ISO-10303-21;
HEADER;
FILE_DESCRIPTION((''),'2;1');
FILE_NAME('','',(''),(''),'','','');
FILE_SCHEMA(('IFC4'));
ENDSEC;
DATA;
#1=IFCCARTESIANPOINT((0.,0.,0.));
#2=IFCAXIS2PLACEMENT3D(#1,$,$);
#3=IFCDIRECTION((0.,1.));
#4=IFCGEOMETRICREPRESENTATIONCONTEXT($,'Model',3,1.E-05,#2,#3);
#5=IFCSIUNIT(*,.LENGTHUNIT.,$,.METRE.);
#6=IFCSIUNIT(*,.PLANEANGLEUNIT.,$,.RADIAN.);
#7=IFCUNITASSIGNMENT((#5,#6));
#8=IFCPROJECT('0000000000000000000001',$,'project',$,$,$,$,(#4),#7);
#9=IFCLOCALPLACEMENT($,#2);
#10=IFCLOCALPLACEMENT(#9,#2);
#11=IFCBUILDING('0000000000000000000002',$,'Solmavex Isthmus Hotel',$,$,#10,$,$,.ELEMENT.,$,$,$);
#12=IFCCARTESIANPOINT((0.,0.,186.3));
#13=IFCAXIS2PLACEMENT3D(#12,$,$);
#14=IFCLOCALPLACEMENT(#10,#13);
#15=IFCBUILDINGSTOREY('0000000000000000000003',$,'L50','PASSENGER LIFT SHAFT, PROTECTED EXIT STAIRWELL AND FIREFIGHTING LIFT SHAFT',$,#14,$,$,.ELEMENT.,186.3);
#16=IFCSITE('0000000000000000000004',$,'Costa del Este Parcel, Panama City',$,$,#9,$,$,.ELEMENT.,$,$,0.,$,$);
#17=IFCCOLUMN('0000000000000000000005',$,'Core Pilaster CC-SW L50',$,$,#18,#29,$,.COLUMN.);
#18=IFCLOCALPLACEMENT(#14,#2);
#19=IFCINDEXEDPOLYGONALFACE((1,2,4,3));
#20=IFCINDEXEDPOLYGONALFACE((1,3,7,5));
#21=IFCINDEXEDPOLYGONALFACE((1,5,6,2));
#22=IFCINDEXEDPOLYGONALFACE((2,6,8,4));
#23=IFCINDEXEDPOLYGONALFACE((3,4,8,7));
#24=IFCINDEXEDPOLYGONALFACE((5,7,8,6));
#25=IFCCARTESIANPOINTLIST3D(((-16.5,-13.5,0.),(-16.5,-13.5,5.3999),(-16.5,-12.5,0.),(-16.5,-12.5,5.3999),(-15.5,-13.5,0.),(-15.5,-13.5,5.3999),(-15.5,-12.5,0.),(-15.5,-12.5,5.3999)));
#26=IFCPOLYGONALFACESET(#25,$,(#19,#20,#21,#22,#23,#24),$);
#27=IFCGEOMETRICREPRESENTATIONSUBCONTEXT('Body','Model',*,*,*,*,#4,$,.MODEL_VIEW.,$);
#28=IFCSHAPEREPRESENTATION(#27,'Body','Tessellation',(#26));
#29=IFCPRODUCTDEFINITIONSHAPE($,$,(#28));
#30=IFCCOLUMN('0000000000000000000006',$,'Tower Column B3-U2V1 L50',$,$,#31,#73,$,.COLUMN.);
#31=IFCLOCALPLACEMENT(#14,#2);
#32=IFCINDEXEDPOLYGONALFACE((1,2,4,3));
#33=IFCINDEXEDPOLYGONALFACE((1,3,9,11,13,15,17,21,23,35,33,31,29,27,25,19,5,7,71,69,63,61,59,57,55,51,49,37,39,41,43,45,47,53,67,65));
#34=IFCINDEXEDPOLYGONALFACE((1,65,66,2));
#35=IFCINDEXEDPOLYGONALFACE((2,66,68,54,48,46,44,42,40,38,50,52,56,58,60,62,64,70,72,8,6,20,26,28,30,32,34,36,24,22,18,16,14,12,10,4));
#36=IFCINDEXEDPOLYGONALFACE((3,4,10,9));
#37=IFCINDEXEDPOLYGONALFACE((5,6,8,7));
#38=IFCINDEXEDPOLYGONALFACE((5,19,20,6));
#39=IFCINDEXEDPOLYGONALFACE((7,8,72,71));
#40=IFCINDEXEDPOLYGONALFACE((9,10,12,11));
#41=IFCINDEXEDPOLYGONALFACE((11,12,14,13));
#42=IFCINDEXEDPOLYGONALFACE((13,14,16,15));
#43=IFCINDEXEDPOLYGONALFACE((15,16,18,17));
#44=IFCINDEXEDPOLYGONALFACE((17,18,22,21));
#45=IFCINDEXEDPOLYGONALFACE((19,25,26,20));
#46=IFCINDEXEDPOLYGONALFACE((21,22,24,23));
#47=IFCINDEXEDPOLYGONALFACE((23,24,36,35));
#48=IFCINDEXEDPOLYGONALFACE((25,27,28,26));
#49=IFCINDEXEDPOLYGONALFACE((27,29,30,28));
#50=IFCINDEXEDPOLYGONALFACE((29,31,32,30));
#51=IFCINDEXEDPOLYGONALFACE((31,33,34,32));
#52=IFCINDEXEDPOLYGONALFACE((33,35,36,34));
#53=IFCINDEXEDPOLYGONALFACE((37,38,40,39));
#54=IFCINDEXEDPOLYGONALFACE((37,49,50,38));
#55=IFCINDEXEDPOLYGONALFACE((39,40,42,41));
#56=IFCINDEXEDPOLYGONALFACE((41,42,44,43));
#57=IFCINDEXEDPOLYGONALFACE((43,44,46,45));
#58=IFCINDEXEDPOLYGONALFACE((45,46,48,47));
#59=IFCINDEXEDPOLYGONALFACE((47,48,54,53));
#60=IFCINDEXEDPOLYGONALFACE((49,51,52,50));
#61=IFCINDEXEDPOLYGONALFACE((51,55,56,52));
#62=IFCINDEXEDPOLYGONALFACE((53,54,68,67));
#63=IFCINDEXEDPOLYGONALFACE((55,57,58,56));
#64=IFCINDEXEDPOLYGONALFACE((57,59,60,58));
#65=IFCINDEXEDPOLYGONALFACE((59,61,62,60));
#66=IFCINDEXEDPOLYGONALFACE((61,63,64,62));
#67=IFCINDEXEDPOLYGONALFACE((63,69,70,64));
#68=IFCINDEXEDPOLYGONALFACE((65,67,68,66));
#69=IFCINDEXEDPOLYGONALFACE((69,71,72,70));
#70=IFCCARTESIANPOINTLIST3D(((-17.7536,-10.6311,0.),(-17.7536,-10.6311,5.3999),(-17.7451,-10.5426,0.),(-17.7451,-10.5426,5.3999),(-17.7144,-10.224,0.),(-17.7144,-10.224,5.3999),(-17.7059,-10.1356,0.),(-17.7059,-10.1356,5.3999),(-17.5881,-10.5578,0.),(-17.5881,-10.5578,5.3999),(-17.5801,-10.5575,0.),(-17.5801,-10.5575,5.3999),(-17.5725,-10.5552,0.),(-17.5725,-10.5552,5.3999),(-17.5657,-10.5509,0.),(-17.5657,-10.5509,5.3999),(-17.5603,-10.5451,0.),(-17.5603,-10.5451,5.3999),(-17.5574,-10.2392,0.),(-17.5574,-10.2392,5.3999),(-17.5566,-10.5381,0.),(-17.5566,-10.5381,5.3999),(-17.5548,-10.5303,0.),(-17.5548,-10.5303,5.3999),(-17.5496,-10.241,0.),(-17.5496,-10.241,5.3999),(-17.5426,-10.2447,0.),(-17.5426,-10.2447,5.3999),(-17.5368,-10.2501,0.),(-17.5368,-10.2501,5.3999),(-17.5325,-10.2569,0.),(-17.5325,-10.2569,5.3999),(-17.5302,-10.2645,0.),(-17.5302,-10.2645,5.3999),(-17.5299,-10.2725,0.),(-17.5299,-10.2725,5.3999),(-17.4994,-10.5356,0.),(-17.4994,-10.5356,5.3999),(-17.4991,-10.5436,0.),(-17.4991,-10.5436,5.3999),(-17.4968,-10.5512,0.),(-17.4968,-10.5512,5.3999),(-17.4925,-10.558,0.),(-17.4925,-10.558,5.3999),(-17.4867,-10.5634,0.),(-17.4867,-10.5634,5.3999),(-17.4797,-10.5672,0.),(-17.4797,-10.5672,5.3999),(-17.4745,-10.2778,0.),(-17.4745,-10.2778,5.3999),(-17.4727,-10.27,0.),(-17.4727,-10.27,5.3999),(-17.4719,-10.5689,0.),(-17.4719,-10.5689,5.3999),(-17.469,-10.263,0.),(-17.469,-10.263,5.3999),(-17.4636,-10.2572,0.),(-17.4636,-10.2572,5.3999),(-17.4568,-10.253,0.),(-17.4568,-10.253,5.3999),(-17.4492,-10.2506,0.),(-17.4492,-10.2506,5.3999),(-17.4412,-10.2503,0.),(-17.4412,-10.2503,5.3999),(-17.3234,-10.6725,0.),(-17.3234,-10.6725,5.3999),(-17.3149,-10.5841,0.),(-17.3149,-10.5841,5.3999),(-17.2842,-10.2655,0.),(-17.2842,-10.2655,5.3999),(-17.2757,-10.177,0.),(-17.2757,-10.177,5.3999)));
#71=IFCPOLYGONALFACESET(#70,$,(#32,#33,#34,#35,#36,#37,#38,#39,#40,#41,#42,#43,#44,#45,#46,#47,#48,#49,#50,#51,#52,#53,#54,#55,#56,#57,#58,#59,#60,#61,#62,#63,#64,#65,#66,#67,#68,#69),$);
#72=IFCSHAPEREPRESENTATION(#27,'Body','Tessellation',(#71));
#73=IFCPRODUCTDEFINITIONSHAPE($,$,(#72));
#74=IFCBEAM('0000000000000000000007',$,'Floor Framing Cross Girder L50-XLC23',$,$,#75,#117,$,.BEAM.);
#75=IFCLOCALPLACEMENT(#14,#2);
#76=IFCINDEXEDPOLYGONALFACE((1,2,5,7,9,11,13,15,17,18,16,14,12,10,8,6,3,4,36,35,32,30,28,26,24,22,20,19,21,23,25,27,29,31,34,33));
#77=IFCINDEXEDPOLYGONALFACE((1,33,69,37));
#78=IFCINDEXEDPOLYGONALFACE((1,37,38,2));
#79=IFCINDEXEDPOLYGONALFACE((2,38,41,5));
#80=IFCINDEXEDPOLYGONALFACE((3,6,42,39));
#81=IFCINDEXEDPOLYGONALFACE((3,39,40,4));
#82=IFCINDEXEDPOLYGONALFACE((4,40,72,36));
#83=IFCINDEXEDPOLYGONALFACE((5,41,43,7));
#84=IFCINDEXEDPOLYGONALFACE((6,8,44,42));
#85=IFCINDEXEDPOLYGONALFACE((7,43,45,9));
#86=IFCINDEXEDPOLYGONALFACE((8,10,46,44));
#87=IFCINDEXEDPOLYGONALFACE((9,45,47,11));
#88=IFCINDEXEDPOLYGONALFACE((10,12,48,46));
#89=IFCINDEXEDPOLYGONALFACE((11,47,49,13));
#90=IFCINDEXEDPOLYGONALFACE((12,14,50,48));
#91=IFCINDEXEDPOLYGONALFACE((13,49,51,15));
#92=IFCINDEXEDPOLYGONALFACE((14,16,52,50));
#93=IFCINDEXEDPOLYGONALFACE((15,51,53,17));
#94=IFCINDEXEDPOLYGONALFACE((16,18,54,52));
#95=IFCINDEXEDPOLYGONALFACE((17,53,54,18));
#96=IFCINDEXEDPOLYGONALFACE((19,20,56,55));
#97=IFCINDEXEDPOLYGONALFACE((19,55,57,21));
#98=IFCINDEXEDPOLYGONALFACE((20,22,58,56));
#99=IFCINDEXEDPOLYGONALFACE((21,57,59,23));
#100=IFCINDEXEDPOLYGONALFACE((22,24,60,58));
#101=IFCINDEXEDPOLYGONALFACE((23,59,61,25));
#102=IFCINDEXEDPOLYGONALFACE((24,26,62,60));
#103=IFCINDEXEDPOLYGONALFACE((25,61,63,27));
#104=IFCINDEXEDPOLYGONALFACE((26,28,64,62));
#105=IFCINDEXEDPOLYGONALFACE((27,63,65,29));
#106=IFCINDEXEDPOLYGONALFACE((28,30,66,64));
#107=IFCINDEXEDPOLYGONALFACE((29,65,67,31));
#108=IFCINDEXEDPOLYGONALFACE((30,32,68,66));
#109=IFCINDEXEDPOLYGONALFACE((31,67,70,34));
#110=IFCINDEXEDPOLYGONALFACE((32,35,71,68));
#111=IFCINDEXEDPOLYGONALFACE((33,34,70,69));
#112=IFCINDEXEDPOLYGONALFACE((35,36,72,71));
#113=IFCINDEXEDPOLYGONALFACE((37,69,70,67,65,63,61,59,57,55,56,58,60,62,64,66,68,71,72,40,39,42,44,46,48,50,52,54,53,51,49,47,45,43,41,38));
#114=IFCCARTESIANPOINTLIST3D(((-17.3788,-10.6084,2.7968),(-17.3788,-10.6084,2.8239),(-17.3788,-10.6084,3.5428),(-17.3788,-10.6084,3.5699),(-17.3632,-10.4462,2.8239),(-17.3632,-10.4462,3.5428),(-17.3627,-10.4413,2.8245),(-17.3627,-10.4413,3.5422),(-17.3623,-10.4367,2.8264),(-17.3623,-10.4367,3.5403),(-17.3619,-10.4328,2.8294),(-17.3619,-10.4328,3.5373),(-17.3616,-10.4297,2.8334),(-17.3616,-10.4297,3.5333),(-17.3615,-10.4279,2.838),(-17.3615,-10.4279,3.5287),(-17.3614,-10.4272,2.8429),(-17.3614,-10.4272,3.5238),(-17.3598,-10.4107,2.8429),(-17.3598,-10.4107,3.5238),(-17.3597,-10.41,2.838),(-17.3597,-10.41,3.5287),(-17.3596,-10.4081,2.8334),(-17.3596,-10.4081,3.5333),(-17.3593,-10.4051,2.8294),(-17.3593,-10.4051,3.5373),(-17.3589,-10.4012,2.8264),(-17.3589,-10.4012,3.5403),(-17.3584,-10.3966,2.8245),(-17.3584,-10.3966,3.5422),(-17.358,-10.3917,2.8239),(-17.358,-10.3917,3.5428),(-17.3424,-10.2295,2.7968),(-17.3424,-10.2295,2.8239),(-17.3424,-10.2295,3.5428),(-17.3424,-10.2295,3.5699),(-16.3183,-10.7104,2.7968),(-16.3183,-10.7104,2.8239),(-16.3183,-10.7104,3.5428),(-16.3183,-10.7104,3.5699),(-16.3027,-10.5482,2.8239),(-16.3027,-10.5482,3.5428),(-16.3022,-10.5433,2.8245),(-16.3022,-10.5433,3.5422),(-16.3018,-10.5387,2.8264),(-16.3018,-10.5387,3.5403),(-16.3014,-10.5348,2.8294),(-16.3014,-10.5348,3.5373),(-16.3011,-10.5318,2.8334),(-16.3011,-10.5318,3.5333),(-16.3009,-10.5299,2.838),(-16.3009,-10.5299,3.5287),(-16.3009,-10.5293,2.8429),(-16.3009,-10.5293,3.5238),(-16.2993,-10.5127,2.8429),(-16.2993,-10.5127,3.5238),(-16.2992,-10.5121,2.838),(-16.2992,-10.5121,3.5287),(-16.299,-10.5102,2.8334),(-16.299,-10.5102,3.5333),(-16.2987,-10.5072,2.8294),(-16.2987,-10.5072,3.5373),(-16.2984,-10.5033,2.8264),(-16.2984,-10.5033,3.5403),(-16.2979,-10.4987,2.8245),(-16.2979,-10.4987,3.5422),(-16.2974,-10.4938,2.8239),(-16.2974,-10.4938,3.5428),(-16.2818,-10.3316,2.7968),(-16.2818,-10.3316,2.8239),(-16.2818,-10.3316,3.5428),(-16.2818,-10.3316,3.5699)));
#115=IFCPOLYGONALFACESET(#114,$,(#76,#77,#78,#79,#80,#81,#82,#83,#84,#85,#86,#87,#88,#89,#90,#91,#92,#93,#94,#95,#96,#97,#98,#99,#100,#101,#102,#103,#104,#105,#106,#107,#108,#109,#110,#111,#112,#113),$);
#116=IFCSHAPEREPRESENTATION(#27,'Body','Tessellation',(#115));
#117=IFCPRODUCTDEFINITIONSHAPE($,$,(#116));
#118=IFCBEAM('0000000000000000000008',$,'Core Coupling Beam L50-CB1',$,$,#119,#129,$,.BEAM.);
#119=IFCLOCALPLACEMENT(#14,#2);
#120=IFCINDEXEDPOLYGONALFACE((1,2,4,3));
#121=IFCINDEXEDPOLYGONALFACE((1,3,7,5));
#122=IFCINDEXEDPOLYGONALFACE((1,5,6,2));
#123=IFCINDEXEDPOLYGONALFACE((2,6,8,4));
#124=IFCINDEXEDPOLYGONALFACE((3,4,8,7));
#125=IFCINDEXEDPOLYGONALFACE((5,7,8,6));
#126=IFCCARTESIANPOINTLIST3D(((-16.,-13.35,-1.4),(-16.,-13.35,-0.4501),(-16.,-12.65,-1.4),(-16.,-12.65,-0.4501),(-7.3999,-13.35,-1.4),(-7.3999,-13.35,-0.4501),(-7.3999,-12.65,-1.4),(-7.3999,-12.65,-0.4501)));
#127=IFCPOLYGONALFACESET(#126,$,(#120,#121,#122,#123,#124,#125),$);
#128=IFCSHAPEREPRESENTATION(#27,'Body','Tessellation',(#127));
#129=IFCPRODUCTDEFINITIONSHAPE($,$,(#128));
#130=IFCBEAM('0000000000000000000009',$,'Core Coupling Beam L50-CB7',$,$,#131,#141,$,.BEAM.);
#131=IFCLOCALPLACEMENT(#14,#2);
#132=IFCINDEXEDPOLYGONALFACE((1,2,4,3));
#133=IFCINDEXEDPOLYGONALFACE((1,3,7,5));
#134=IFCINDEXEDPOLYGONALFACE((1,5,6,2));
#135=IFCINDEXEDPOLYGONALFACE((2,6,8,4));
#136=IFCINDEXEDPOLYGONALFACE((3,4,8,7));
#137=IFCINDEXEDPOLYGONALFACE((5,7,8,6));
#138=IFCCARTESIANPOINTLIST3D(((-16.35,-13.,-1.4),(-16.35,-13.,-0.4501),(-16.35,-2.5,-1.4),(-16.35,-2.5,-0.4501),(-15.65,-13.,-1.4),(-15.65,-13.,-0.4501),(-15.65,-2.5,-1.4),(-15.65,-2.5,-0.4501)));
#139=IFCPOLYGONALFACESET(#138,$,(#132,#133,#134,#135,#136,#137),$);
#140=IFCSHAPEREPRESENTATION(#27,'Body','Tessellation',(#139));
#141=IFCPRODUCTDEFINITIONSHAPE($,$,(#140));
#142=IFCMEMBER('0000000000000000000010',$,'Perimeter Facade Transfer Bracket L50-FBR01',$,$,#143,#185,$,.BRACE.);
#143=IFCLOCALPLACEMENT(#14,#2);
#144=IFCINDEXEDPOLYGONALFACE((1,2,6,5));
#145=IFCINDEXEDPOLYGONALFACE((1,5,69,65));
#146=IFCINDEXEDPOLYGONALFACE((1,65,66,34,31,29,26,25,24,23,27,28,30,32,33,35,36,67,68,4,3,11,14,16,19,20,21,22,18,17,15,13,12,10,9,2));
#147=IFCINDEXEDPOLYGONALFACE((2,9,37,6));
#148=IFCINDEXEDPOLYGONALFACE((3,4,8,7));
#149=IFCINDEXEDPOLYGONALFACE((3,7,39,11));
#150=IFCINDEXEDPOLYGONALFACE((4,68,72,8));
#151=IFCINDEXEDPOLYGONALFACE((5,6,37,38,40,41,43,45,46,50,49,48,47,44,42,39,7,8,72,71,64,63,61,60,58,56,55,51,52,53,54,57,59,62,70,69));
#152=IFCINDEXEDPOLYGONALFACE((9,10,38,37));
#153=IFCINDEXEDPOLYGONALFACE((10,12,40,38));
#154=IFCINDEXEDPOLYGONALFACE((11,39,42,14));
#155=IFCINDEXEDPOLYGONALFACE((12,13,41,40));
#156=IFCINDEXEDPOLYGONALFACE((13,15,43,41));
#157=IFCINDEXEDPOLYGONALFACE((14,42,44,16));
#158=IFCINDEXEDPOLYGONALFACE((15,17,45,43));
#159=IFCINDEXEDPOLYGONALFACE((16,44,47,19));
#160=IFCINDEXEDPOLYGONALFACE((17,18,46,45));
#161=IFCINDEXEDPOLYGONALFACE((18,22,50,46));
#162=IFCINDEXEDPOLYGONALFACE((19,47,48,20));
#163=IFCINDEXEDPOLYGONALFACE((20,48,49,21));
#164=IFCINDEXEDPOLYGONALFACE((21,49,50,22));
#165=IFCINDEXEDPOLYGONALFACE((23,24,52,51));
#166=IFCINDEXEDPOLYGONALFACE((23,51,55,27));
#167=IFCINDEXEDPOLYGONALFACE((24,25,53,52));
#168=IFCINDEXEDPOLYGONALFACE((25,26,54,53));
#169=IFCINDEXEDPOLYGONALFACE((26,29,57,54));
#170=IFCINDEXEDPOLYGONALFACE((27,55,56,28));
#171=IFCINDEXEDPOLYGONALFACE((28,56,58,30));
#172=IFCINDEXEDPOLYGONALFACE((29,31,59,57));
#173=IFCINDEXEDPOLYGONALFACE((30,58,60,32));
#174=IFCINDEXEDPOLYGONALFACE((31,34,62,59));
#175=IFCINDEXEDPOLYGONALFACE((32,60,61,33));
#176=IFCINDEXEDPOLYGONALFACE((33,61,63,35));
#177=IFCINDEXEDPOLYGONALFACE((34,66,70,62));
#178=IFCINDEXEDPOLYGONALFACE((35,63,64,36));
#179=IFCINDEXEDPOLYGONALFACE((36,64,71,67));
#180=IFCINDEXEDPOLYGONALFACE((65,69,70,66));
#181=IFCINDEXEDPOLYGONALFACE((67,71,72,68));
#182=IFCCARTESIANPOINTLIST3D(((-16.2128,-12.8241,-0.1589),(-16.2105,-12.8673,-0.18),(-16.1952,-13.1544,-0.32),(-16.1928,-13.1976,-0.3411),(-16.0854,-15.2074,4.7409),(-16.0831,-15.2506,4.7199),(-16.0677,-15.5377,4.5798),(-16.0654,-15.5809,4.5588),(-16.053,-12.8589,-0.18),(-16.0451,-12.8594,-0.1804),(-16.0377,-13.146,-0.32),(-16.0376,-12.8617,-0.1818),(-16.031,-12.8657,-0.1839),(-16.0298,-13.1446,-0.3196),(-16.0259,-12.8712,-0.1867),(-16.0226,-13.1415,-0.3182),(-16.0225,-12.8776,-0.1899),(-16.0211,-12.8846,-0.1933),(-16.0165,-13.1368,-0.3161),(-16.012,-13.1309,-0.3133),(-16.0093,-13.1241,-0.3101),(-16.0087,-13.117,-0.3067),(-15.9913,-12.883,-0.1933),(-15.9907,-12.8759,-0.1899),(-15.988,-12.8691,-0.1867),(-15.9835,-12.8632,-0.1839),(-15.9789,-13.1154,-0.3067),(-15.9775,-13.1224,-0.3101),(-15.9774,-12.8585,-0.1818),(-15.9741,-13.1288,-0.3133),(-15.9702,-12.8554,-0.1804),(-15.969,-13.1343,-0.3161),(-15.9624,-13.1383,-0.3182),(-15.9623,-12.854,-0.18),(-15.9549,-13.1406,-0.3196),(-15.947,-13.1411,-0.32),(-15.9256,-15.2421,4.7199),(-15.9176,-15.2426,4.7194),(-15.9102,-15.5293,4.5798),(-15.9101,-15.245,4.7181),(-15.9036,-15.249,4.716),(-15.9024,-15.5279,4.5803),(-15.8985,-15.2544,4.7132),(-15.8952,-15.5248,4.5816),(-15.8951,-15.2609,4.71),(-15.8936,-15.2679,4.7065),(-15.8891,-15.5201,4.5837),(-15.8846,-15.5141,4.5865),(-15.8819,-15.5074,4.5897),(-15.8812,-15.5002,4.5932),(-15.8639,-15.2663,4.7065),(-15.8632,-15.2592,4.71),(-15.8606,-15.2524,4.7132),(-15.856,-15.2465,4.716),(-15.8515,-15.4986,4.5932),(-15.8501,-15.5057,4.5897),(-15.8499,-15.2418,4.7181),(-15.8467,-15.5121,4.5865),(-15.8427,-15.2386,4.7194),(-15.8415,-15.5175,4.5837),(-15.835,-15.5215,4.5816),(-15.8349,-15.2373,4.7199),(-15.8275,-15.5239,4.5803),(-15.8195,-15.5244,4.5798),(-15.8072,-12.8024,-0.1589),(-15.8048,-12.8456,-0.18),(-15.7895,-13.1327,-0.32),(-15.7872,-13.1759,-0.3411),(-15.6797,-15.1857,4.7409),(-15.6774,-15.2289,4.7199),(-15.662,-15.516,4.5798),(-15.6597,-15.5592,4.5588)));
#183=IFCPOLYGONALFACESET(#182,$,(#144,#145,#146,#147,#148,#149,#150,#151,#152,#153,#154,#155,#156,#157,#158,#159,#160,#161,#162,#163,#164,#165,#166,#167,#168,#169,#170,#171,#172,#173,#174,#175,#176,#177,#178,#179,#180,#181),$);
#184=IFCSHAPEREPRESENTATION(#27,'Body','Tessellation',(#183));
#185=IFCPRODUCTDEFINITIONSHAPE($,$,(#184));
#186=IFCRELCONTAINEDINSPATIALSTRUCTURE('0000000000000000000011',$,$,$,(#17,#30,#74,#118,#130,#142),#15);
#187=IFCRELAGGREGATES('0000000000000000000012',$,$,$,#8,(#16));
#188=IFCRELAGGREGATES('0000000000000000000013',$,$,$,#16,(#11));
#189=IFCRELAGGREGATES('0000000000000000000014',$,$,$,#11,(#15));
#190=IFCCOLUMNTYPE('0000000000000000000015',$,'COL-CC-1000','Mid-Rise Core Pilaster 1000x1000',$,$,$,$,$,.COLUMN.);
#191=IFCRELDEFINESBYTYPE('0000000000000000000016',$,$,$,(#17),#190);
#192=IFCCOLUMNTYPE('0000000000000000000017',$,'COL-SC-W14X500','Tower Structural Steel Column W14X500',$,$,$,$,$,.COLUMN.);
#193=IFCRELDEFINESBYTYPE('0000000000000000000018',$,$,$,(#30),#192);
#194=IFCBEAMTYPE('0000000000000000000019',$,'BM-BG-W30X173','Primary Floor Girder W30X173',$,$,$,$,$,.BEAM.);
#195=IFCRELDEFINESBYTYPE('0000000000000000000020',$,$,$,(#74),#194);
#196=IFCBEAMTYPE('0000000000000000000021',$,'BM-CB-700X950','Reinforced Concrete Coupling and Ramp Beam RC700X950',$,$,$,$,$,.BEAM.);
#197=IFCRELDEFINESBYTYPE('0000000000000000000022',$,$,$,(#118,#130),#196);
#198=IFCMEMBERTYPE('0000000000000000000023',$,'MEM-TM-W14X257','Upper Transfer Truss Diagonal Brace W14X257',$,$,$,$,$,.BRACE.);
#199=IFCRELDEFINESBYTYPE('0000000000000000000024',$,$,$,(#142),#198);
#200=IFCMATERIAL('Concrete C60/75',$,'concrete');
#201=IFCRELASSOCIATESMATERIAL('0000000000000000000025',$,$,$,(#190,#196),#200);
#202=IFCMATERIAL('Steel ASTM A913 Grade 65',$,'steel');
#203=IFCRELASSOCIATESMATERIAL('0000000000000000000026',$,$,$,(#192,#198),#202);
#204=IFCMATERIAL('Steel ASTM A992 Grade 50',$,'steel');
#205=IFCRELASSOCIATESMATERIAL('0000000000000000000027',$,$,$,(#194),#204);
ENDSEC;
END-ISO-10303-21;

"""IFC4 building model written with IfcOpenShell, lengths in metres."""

from ifc_helpers import new_model, si_unit, direction, frame, origin, origin_2d, place, context, subcontext, project, spatial, rectangle, i_section, extrude, material, material_profile, profile_set, type_object, element, save


model = new_model("IFC4")

# Units and contexts
model_context = context("Model", 3, precision=1e-05, world=origin(), true_north=direction((0.0, 1.0)))
body_context = subcontext(model_context, "Body", "Model", "MODEL_VIEW")
ifc_project = project(units=[si_unit("LENGTHUNIT", "METRE"), si_unit("PLANEANGLEUNIT", "RADIAN")], contexts=[model_context])

# Site, building, storey
site_placement = place(None, origin())
site = spatial("IfcSite", under=ifc_project, at=site_placement, Name="Costa del Este Parcel, Panama City", CompositionType="ELEMENT", RefElevation=0.0)
building_placement = place(site_placement, origin())
building = spatial("IfcBuilding", under=site, at=building_placement, Name="Solmavex Isthmus Hotel", CompositionType="ELEMENT")
storey_placement = place(building_placement, frame((0.0, 0.0, 186.3)))
storey = spatial("IfcBuildingStorey", under=building, at=storey_placement, Name="L50", Description="PASSENGER LIFT SHAFT, PROTECTED EXIT STAIRWELL AND FIREFIGHTING LIFT SHAFT", CompositionType="ELEMENT", Elevation=186.3)

# Columns
ifc_material_1 = material(Name="Concrete C60/75", Category="concrete")
ifc_material_profile_1 = material_profile(ifc_material_1, rectangle(XDim=1.0, YDim=1.0, at=origin_2d()), Name="RC1000X1000")
ifc_profile_set_1 = profile_set([ifc_material_profile_1], Name="Concrete C60/75")
column_type_1 = type_object("IfcColumnType", Name="COL-CC-1000", Description="Mid-Rise Core Pilaster 1000x1000", PredefinedType="COLUMN", material=ifc_profile_set_1)
column_1_placement = place(storey_placement, frame((-16.0, -13.0, 0.0), z_axis=(0.0, 0.0, 1.0), x_axis=(1.0, 0.0, 0.0)))
element("IfcColumn", 1, at=column_1_placement, inside=storey, type_object=column_type_1, Name="Core Pilaster CC-SW L50", PredefinedType="COLUMN", context=body_context, shape_type="SweptSolid", body=[
    extrude(rectangle(XDim=1.0, YDim=1.0, at=origin_2d()), origin(), (0.0, 0.0, 1.0), 5.3999),
])
ifc_material_2 = material(Name="Steel ASTM A913 Grade 65", Category="steel")
ifc_material_profile_2 = material_profile(ifc_material_2, i_section(OverallWidth=0.4321, OverallDepth=0.4978, WebThickness=0.0557, FlangeThickness=0.0889, FilletRadius=0.0305, at=origin_2d()), Name="W14X500")
ifc_profile_set_2 = profile_set([ifc_material_profile_2], Name="Steel ASTM A913 Grade 65")
column_type_2 = type_object("IfcColumnType", Name="COL-SC-W14X500", Description="Tower Structural Steel Column W14X500", PredefinedType="COLUMN", material=ifc_profile_set_2)
column_2_placement = place(storey_placement, frame((-17.5146, -10.4041, 0.0), z_axis=(0.0, 0.0, 1.0), x_axis=(0.995396, -0.095846, 0.0)))
element("IfcColumn", 2, at=column_2_placement, inside=storey, type_object=column_type_2, Name="Tower Column B3-U2V1 L50", PredefinedType="COLUMN", context=body_context, shape_type="SweptSolid", body=[
    extrude(i_section(OverallWidth=0.4321, OverallDepth=0.4978, WebThickness=0.0557, FlangeThickness=0.0889, FilletRadius=0.0305, at=origin_2d()), origin(), (0.0, 0.0, 1.0), 5.3999),
])

# Beams
ifc_material_3 = material(Name="Steel ASTM A992 Grade 50", Category="steel")
ifc_material_profile_3 = material_profile(ifc_material_3, i_section(OverallWidth=0.3806, OverallDepth=0.7732, WebThickness=0.0166, FlangeThickness=0.0271, FilletRadius=0.019, at=origin_2d()), Name="W30X173")
ifc_profile_set_3 = profile_set([ifc_material_profile_3], Name="Steel ASTM A992 Grade 50")
beam_type_1 = type_object("IfcBeamType", Name="BM-BG-W30X173", Description="Primary Floor Girder W30X173", PredefinedType="BEAM", material=ifc_profile_set_3)
beam_1_placement = place(storey_placement, frame((-17.3606, -10.4189, 3.1833), z_axis=(0.995402, -0.095782, 0.0), x_axis=(0.095782, 0.995402, 0.0)))
element("IfcBeam", 3, at=beam_1_placement, inside=storey, type_object=beam_type_1, Name="Floor Framing Cross Girder L50-XLC23", PredefinedType="BEAM", context=body_context, shape_type="SweptSolid", body=[
    extrude(i_section(OverallWidth=0.3806, OverallDepth=0.7732, WebThickness=0.0166, FlangeThickness=0.0271, FilletRadius=0.019, at=origin_2d()), origin(), (0.0, 0.0, 1.0), 1.0654),
])
ifc_material_profile_4 = material_profile(ifc_material_1, rectangle(XDim=0.7, YDim=0.95, at=origin_2d()), Name="RC700X950")
ifc_profile_set_4 = profile_set([ifc_material_profile_4], Name="Concrete C60/75")
beam_type_2 = type_object("IfcBeamType", Name="BM-CB-700X950", Description="Reinforced Concrete Coupling and Ramp Beam RC700X950", PredefinedType="BEAM", material=ifc_profile_set_4)
beam_2_placement = place(storey_placement, frame((-16.0, -13.0, -0.925), z_axis=(1.0, 0.0, 0.0), x_axis=(0.0, 1.0, 0.0)))
element("IfcBeam", 4, at=beam_2_placement, inside=storey, type_object=beam_type_2, Name="Core Coupling Beam L50-CB1", PredefinedType="BEAM", context=body_context, shape_type="SweptSolid", body=[
    extrude(rectangle(XDim=0.7, YDim=0.95, at=origin_2d()), origin(), (0.0, 0.0, 1.0), 8.6001),
])
beam_3_placement = place(storey_placement, frame((-16.0, -13.0, -0.925), z_axis=(0.0, 1.0, 0.0), x_axis=(-1.0, 0.0, 0.0)))
element("IfcBeam", 5, at=beam_3_placement, inside=storey, type_object=beam_type_2, Name="Core Coupling Beam L50-CB7", PredefinedType="BEAM", context=body_context, shape_type="SweptSolid", body=[
    extrude(rectangle(XDim=0.7, YDim=0.95, at=origin_2d()), origin(), (0.0, 0.0, 1.0), 10.5),
])

# Member
ifc_material_profile_5 = material_profile(ifc_material_2, i_section(OverallWidth=0.4062, OverallDepth=0.416, WebThickness=0.0298, FlangeThickness=0.0481, FilletRadius=0.0305, at=origin_2d()), Name="W14X257")
ifc_profile_set_5 = profile_set([ifc_material_profile_5], Name="Steel ASTM A913 Grade 65")
member_type = type_object("IfcMemberType", Name="MEM-TM-W14X257", Description="Upper Transfer Truss Diagonal Brace W14X257", PredefinedType="BRACE", material=ifc_profile_set_5)
member_1_placement = place(storey_placement, frame((-16.0, -13.0, -0.25), z_axis=(0.023383, -0.437281, 0.899021), x_axis=(0.998573, 0.053396, 0.0)))
element("IfcMember", 6, at=member_1_placement, inside=storey, type_object=member_type, Name="Perimeter Facade Transfer Bracket L50-FBR01", PredefinedType="BRACE", context=body_context, shape_type="SweptSolid", body=[
    extrude(i_section(OverallWidth=0.4062, OverallDepth=0.416, WebThickness=0.0298, FlangeThickness=0.0481, FilletRadius=0.0305, at=origin_2d()), origin(), (0.0, 0.0, 1.0), 5.4502),
])

save(model, "model.ifc")
